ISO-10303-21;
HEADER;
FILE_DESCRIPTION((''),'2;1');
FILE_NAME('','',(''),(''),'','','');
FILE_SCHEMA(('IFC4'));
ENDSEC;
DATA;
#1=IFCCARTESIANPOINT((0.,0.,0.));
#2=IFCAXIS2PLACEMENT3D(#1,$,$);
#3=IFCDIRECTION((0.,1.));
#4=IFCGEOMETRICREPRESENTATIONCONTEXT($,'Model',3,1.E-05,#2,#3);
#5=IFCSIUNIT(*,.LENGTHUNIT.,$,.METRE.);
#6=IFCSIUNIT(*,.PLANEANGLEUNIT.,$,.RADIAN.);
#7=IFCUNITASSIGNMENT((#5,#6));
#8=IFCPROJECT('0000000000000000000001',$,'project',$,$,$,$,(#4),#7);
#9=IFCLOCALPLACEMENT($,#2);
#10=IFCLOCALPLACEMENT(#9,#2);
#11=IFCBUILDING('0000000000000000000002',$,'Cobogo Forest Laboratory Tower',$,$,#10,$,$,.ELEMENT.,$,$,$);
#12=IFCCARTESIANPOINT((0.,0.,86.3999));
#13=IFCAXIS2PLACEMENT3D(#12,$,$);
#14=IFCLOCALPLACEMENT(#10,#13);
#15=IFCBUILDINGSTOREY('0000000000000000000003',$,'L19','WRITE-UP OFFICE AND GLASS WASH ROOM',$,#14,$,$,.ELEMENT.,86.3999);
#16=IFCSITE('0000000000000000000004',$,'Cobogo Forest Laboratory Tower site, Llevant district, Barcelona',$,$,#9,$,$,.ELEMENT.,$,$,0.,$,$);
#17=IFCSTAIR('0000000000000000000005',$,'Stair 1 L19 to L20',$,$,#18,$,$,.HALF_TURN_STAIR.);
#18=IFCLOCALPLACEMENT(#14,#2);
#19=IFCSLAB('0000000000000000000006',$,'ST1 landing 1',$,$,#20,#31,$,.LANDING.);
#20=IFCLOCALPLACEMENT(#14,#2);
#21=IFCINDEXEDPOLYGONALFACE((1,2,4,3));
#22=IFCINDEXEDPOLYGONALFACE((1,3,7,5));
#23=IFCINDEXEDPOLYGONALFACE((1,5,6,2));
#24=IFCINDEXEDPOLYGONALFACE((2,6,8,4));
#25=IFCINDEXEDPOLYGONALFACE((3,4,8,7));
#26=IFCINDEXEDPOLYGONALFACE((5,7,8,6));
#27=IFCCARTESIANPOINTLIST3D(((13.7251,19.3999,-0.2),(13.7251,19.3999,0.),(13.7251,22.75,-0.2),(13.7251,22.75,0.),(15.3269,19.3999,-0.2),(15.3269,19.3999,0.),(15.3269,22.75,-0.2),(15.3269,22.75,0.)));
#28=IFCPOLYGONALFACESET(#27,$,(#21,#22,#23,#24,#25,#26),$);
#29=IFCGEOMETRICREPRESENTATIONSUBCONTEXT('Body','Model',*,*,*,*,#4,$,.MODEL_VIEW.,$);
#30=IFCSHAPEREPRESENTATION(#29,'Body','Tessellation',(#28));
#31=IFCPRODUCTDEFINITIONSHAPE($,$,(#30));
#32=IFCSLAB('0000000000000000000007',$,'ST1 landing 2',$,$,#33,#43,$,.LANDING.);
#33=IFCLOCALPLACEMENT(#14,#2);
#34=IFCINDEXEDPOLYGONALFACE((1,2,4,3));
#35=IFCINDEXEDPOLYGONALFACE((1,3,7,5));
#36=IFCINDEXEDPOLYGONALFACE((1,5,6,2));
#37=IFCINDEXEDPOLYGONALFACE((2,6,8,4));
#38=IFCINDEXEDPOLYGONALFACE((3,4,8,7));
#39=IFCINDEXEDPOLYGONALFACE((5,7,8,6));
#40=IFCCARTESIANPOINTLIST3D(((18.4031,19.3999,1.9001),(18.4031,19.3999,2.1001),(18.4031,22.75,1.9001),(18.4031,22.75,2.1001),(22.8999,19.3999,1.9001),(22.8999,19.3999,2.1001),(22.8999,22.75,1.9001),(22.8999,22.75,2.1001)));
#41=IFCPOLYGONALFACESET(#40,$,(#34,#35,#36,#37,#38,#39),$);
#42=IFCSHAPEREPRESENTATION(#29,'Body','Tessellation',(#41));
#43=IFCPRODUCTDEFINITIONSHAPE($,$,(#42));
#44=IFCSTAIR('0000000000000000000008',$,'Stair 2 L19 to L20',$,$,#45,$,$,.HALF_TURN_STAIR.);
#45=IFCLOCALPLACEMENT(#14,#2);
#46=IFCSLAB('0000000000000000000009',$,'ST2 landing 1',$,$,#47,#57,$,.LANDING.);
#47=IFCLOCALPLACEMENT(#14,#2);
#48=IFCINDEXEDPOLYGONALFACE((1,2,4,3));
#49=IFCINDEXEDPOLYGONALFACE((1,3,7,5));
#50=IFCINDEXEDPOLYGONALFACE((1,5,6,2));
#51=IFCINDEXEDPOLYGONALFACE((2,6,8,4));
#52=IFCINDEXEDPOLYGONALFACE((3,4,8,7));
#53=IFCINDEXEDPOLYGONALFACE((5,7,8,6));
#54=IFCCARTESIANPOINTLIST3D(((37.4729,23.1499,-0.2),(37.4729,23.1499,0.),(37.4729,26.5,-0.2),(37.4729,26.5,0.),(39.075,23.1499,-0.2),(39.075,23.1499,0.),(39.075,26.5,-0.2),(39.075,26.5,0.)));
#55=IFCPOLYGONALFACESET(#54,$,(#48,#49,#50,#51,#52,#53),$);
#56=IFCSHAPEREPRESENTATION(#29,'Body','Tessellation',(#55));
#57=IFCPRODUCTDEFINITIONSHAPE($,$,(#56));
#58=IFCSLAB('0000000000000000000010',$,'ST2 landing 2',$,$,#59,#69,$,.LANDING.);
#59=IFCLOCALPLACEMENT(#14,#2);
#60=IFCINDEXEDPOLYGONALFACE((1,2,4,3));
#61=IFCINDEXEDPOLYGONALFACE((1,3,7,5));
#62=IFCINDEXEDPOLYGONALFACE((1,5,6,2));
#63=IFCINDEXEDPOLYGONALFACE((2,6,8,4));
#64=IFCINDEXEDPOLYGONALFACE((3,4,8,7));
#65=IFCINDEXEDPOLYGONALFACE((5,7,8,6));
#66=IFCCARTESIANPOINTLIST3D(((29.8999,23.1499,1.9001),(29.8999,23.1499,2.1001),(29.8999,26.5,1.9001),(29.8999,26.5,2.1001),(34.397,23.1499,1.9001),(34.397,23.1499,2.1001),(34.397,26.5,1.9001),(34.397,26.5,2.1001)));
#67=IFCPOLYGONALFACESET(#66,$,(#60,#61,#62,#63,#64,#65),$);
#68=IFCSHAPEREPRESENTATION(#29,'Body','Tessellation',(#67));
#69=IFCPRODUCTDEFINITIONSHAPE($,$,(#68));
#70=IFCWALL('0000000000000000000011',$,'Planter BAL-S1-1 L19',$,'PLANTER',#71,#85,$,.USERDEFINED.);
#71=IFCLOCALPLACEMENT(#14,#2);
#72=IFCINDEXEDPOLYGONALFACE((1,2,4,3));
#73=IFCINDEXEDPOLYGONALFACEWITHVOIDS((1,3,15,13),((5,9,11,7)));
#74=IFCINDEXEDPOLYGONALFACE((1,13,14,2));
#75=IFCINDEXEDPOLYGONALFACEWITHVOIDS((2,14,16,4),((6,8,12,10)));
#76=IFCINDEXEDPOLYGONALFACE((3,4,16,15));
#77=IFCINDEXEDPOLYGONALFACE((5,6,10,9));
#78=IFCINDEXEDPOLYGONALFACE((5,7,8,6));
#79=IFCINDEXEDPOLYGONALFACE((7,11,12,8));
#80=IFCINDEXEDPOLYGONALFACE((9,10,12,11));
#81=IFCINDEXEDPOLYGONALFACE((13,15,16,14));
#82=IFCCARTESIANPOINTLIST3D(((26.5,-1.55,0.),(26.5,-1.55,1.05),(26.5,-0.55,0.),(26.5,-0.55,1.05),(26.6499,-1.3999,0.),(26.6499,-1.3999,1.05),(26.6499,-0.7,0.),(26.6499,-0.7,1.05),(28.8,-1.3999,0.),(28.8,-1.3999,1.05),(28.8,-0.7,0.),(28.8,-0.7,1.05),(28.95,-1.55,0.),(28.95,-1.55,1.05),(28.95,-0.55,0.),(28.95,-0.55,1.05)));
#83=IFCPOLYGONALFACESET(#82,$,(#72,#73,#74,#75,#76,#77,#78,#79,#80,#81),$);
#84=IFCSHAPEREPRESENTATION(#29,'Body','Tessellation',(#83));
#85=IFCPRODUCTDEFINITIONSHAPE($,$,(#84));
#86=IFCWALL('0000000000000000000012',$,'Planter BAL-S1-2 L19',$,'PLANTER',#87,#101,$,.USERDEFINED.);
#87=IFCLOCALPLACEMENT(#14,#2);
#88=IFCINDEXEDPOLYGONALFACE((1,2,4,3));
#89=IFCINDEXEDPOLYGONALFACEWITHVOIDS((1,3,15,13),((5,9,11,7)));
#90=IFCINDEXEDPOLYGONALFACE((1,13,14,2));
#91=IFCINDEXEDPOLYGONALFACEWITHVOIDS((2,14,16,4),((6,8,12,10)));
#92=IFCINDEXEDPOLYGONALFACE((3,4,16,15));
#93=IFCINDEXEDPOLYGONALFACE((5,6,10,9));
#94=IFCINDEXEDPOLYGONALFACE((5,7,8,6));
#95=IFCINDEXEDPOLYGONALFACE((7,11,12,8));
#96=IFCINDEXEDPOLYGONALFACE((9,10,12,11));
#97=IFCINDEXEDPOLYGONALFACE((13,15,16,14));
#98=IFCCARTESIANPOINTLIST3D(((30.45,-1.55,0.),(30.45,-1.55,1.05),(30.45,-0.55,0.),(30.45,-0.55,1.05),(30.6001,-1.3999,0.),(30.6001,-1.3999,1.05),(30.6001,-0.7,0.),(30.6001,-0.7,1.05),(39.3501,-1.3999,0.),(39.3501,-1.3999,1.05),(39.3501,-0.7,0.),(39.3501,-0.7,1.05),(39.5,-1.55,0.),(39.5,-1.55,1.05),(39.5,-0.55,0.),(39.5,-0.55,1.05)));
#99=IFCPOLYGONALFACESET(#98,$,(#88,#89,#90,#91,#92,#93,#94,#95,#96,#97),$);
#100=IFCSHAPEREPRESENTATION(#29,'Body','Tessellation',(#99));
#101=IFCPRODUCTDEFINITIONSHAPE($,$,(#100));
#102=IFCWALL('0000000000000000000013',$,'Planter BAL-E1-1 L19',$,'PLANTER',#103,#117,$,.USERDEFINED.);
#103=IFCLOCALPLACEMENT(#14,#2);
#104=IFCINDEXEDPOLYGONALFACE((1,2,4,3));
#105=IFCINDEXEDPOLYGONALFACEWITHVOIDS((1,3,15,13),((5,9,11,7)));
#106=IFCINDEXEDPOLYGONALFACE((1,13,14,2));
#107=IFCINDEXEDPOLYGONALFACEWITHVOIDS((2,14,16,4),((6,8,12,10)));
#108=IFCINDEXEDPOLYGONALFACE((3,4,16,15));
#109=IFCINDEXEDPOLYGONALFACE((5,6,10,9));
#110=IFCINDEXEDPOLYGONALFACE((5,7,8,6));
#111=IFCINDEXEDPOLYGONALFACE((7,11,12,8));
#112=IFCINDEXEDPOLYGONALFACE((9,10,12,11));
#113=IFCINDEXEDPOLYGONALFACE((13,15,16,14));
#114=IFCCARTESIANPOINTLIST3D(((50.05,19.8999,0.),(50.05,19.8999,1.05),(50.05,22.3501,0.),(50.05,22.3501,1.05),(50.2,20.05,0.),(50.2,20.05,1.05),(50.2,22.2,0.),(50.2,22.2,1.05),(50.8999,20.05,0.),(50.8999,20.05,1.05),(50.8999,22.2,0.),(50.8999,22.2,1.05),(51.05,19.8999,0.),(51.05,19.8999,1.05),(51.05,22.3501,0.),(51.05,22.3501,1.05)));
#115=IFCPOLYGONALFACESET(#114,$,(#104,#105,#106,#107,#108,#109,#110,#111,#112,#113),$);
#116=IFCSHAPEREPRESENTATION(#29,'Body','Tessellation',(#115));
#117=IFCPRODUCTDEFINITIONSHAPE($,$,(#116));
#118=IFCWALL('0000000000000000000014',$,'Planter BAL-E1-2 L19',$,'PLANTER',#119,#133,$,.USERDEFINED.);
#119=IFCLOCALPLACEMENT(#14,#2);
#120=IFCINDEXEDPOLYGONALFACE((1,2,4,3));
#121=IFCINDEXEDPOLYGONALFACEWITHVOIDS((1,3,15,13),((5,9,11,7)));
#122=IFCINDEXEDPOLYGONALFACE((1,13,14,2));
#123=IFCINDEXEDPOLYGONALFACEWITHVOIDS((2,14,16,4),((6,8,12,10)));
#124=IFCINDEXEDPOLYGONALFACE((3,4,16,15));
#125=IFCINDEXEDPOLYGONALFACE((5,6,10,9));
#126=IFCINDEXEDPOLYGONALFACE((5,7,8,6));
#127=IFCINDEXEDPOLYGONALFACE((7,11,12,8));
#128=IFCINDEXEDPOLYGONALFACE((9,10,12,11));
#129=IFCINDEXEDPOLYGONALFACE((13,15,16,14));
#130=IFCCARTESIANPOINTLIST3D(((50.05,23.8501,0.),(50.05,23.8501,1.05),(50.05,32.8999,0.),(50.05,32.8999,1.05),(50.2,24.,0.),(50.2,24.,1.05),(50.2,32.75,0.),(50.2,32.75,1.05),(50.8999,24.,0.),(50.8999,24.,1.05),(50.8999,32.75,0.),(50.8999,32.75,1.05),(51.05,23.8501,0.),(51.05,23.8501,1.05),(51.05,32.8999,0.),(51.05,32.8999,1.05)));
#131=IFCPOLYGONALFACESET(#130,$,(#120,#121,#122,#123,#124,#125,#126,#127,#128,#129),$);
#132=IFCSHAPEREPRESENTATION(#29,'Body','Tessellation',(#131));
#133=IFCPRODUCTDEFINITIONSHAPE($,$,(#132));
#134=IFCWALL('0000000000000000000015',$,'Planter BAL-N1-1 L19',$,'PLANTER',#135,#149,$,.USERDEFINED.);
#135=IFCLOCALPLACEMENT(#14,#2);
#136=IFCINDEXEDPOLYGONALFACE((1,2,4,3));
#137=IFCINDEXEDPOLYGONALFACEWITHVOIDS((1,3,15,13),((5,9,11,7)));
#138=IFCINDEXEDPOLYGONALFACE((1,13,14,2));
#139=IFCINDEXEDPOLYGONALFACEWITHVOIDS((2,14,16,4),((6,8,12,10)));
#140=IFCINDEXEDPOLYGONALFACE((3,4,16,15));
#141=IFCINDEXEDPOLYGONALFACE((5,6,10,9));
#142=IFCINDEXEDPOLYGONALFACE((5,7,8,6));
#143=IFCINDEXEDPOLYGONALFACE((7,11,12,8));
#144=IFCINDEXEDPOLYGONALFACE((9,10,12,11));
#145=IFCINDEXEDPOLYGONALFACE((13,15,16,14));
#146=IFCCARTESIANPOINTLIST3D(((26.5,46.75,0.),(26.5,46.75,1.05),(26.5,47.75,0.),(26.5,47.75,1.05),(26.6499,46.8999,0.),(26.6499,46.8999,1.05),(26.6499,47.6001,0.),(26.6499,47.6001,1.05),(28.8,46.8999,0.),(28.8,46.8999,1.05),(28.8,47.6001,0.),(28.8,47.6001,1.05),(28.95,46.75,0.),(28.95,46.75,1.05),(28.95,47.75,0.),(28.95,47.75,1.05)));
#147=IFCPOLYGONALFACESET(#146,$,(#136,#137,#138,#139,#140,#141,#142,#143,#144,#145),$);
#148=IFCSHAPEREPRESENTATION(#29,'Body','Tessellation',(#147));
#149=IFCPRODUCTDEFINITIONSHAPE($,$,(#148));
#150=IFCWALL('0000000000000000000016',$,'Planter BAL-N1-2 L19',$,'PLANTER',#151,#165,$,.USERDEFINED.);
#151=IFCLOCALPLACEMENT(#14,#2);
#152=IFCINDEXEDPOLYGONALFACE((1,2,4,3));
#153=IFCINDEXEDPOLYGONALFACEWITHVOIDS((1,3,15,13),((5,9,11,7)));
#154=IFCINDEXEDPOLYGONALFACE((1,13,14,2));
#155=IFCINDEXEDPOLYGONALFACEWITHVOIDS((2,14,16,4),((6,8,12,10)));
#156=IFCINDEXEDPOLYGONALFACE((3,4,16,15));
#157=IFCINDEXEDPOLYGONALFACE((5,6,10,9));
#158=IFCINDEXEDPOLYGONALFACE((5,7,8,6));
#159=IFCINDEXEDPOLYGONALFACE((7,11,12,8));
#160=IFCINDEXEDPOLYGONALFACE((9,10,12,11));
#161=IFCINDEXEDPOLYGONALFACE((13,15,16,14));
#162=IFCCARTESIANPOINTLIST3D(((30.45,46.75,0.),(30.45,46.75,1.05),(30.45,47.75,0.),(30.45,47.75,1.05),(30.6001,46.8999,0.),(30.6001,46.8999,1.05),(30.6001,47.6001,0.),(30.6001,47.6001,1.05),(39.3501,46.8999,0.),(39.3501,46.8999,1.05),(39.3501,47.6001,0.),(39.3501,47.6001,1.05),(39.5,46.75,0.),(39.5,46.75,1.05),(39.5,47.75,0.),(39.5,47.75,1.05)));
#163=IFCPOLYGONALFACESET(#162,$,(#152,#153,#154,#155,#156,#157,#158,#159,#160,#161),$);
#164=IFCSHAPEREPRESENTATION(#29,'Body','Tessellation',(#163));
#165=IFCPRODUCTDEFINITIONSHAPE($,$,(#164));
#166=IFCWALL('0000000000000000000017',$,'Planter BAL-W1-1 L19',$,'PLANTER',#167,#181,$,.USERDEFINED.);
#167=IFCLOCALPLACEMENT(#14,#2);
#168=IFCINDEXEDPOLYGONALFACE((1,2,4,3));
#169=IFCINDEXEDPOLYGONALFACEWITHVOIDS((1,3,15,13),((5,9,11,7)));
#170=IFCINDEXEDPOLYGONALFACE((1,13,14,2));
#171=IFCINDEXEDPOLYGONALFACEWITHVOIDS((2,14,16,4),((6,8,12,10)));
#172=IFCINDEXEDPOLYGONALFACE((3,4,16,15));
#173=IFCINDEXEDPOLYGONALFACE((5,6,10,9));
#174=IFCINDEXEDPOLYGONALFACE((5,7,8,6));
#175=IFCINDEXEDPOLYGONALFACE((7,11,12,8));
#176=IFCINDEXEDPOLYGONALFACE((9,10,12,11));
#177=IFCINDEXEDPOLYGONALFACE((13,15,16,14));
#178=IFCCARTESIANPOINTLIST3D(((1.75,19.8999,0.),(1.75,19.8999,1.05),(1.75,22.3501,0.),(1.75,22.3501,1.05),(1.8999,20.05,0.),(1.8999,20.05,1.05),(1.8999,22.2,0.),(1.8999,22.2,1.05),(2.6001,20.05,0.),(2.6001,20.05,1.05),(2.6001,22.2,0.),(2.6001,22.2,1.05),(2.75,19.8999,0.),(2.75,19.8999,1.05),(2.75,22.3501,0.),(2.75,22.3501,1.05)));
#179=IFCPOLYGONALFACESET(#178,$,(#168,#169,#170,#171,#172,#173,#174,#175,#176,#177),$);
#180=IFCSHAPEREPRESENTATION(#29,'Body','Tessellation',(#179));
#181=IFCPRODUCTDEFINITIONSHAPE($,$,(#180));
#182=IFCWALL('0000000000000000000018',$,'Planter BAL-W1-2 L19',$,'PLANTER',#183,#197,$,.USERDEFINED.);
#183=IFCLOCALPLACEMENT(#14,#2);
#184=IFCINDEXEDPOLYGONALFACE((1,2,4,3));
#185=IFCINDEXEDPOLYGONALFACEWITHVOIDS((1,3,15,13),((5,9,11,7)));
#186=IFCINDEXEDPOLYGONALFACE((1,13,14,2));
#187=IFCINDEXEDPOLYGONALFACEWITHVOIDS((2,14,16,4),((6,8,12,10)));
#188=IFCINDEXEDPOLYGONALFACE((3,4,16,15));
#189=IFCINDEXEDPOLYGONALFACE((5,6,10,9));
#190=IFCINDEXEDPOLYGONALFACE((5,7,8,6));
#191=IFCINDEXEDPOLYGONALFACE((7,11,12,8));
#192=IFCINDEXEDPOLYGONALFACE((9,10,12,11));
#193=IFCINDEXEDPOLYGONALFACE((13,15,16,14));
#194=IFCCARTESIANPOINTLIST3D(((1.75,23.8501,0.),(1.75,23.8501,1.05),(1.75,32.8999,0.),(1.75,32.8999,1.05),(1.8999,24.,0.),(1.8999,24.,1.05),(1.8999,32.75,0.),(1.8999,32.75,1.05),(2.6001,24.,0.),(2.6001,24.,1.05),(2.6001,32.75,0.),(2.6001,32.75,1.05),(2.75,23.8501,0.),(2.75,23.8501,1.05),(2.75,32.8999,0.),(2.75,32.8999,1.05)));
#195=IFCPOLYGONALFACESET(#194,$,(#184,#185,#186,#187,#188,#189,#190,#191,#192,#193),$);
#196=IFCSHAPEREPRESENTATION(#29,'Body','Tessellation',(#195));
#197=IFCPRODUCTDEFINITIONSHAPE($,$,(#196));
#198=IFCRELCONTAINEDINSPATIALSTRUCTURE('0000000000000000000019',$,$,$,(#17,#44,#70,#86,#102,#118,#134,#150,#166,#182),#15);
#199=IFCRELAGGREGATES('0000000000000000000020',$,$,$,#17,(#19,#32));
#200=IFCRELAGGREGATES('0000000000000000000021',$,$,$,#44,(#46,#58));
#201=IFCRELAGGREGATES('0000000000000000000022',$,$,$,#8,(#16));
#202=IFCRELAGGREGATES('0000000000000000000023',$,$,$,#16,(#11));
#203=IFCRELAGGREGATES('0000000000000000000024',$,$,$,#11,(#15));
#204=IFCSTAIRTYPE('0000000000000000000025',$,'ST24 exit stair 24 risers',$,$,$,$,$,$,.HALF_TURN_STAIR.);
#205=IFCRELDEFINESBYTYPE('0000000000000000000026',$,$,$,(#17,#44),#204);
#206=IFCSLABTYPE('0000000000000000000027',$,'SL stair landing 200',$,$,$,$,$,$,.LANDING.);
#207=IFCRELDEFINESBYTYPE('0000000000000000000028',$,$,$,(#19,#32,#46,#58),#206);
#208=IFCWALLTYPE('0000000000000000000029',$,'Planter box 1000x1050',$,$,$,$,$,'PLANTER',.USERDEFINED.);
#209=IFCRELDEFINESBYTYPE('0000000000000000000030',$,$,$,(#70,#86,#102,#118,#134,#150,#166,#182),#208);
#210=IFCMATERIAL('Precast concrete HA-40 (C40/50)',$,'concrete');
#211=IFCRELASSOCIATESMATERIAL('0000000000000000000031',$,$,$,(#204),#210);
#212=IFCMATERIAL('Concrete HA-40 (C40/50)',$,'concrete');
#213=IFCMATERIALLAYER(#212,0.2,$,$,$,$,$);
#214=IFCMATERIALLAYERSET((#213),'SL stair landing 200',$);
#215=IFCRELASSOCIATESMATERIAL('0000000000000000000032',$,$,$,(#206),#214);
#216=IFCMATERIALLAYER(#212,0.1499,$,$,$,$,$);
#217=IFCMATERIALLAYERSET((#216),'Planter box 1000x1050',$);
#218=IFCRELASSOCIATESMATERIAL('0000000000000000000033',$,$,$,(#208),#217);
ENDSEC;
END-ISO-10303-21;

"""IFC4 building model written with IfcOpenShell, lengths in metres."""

from ifc_helpers import new_model, si_unit, direction, frame, origin, place, context, subcontext, project, spatial, polyline, outline, extrude, material, layer, layer_set, type_object, element, aggregate, save


model = new_model("IFC4")

# Units and contexts
model_context = context("Model", 3, precision=1e-05, world=origin(), true_north=direction((0.0, 1.0)))
body_context = subcontext(model_context, "Body", "Model", "MODEL_VIEW")
ifc_project = project(units=[si_unit("LENGTHUNIT", "METRE"), si_unit("PLANEANGLEUNIT", "RADIAN")], contexts=[model_context])

# Site, building, storey
site_placement = place(None, origin())
site = spatial("IfcSite", under=ifc_project, at=site_placement, Name="Cobogo Forest Laboratory Tower site, Llevant district, Barcelona", CompositionType="ELEMENT", RefElevation=0.0)
building_placement = place(site_placement, origin())
building = spatial("IfcBuilding", under=site, at=building_placement, Name="Cobogo Forest Laboratory Tower", CompositionType="ELEMENT")
storey_placement = place(building_placement, frame((0.0, 0.0, 86.3999)))
storey = spatial("IfcBuildingStorey", under=building, at=storey_placement, Name="L19", Description="WRITE-UP OFFICE AND GLASS WASH ROOM", CompositionType="ELEMENT", Elevation=86.3999)

# Shared definitions
ifc_material_1 = material(Name="Concrete HA-40 (C40/50)", Category="concrete")

# Stairs, slabs
ifc_material_2 = material(Name="Precast concrete HA-40 (C40/50)", Category="concrete")
stair_type = type_object("IfcStairType", Name="ST24 exit stair 24 risers", PredefinedType="HALF_TURN_STAIR", material=ifc_material_2)
stair_1_placement = place(storey_placement, origin())
stair_1 = element("IfcStair", 1, at=stair_1_placement, inside=storey, type_object=stair_type, Name="Stair 1 L19 to L20", PredefinedType="HALF_TURN_STAIR")
ifc_layer_1 = layer(ifc_material_1, 0.2)
ifc_layer_set_1 = layer_set([ifc_layer_1], Name="SL stair landing 200")
slab_type_1 = type_object("IfcSlabType", Name="SL stair landing 200", PredefinedType="LANDING", material=ifc_layer_set_1)
slab_1_placement = place(storey_placement, frame((0.0, 0.0, -0.2)))
slab_1 = element("IfcSlab", 2, at=slab_1_placement, type_object=slab_type_1, Name="ST1 landing 1", PredefinedType="LANDING", context=body_context, shape_type="SweptSolid", body=[
    extrude(outline(polyline([(13.7251, 19.3999), (15.3269, 19.3999), (15.3269, 22.75), (13.7251, 22.75), (13.7251, 19.3999)])), origin(), (0.0, 0.0, 1.0), 0.2),
])
slab_2_placement = place(storey_placement, frame((0.0, 0.0, 1.9001)))
slab_2 = element("IfcSlab", 3, at=slab_2_placement, type_object=slab_type_1, Name="ST1 landing 2", PredefinedType="LANDING", context=body_context, shape_type="SweptSolid", body=[
    extrude(outline(polyline([(18.4031, 19.3999), (22.8999, 19.3999), (22.8999, 22.75), (18.4031, 22.75), (18.4031, 19.3999)])), origin(), (0.0, 0.0, 1.0), 0.2),
])
aggregate(stair_1, [slab_1, slab_2])
stair_2_placement = place(storey_placement, origin())
stair_2 = element("IfcStair", 4, at=stair_2_placement, inside=storey, type_object=stair_type, Name="Stair 2 L19 to L20", PredefinedType="HALF_TURN_STAIR")
slab_3_placement = place(storey_placement, frame((0.0, 0.0, -0.2)))
slab_3 = element("IfcSlab", 5, at=slab_3_placement, type_object=slab_type_1, Name="ST2 landing 1", PredefinedType="LANDING", context=body_context, shape_type="SweptSolid", body=[
    extrude(outline(polyline([(37.4729, 23.1499), (39.075, 23.1499), (39.075, 26.5), (37.4729, 26.5), (37.4729, 23.1499)])), origin(), (0.0, 0.0, 1.0), 0.2),
])
slab_4_placement = place(storey_placement, frame((0.0, 0.0, 1.9001)))
slab_4 = element("IfcSlab", 6, at=slab_4_placement, type_object=slab_type_1, Name="ST2 landing 2", PredefinedType="LANDING", context=body_context, shape_type="SweptSolid", body=[
    extrude(outline(polyline([(29.8999, 23.1499), (34.397, 23.1499), (34.397, 26.5), (29.8999, 26.5), (29.8999, 23.1499)])), origin(), (0.0, 0.0, 1.0), 0.2),
])
aggregate(stair_2, [slab_3, slab_4])

# Walls
ifc_layer_2 = layer(ifc_material_1, 0.1499)
ifc_layer_set_2 = layer_set([ifc_layer_2], Name="Planter box 1000x1050")
wall_type = type_object("IfcWallType", Name="Planter box 1000x1050", ElementType="PLANTER", PredefinedType="USERDEFINED", material=ifc_layer_set_2)
wall_1_placement = place(storey_placement, origin())
element("IfcWall", 7, at=wall_1_placement, inside=storey, type_object=wall_type, Name="Planter BAL-S1-1 L19", ObjectType="PLANTER", PredefinedType="USERDEFINED", context=body_context, shape_type="SweptSolid", body=[
    extrude(outline(polyline([(26.5, -1.55), (28.95, -1.55), (28.95, -0.55), (26.5, -0.55), (26.5, -1.55)]), holes=[polyline([(26.6499, -1.3999), (28.8, -1.3999), (28.8, -0.7), (26.6499, -0.7), (26.6499, -1.3999)])]), origin(), (0.0, 0.0, 1.0), 1.05),
])
wall_2_placement = place(storey_placement, origin())
element("IfcWall", 8, at=wall_2_placement, inside=storey, type_object=wall_type, Name="Planter BAL-S1-2 L19", ObjectType="PLANTER", PredefinedType="USERDEFINED", context=body_context, shape_type="SweptSolid", body=[
    extrude(outline(polyline([(30.45, -1.55), (39.5, -1.55), (39.5, -0.55), (30.45, -0.55), (30.45, -1.55)]), holes=[polyline([(30.6001, -1.3999), (39.3501, -1.3999), (39.3501, -0.7), (30.6001, -0.7), (30.6001, -1.3999)])]), origin(), (0.0, 0.0, 1.0), 1.05),
])
wall_3_placement = place(storey_placement, origin())
element("IfcWall", 9, at=wall_3_placement, inside=storey, type_object=wall_type, Name="Planter BAL-E1-1 L19", ObjectType="PLANTER", PredefinedType="USERDEFINED", context=body_context, shape_type="SweptSolid", body=[
    extrude(outline(polyline([(50.05, 19.8999), (51.05, 19.8999), (51.05, 22.3501), (50.05, 22.3501), (50.05, 19.8999)]), holes=[polyline([(50.2, 20.05), (50.8999, 20.05), (50.8999, 22.2), (50.2, 22.2), (50.2, 20.05)])]), origin(), (0.0, 0.0, 1.0), 1.05),
])
wall_4_placement = place(storey_placement, origin())
element("IfcWall", 10, at=wall_4_placement, inside=storey, type_object=wall_type, Name="Planter BAL-E1-2 L19", ObjectType="PLANTER", PredefinedType="USERDEFINED", context=body_context, shape_type="SweptSolid", body=[
    extrude(outline(polyline([(50.05, 23.8501), (51.05, 23.8501), (51.05, 32.8999), (50.05, 32.8999), (50.05, 23.8501)]), holes=[polyline([(50.2, 24.0), (50.8999, 24.0), (50.8999, 32.75), (50.2, 32.75), (50.2, 24.0)])]), origin(), (0.0, 0.0, 1.0), 1.05),
])
wall_5_placement = place(storey_placement, origin())
element("IfcWall", 11, at=wall_5_placement, inside=storey, type_object=wall_type, Name="Planter BAL-N1-1 L19", ObjectType="PLANTER", PredefinedType="USERDEFINED", context=body_context, shape_type="SweptSolid", body=[
    extrude(outline(polyline([(26.5, 46.75), (28.95, 46.75), (28.95, 47.75), (26.5, 47.75), (26.5, 46.75)]), holes=[polyline([(26.6499, 46.8999), (28.8, 46.8999), (28.8, 47.6001), (26.6499, 47.6001), (26.6499, 46.8999)])]), origin(), (0.0, 0.0, 1.0), 1.05),
])
wall_6_placement = place(storey_placement, origin())
element("IfcWall", 12, at=wall_6_placement, inside=storey, type_object=wall_type, Name="Planter BAL-N1-2 L19", ObjectType="PLANTER", PredefinedType="USERDEFINED", context=body_context, shape_type="SweptSolid", body=[
    extrude(outline(polyline([(30.45, 46.75), (39.5, 46.75), (39.5, 47.75), (30.45, 47.75), (30.45, 46.75)]), holes=[polyline([(30.6001, 46.8999), (39.3501, 46.8999), (39.3501, 47.6001), (30.6001, 47.6001), (30.6001, 46.8999)])]), origin(), (0.0, 0.0, 1.0), 1.05),
])
wall_7_placement = place(storey_placement, origin())
element("IfcWall", 13, at=wall_7_placement, inside=storey, type_object=wall_type, Name="Planter BAL-W1-1 L19", ObjectType="PLANTER", PredefinedType="USERDEFINED", context=body_context, shape_type="SweptSolid", body=[
    extrude(outline(polyline([(1.75, 19.8999), (2.75, 19.8999), (2.75, 22.3501), (1.75, 22.3501), (1.75, 19.8999)]), holes=[polyline([(1.8999, 20.05), (2.6001, 20.05), (2.6001, 22.2), (1.8999, 22.2), (1.8999, 20.05)])]), origin(), (0.0, 0.0, 1.0), 1.05),
])
wall_8_placement = place(storey_placement, origin())
element("IfcWall", 14, at=wall_8_placement, inside=storey, type_object=wall_type, Name="Planter BAL-W1-2 L19", ObjectType="PLANTER", PredefinedType="USERDEFINED", context=body_context, shape_type="SweptSolid", body=[
    extrude(outline(polyline([(1.75, 23.8501), (2.75, 23.8501), (2.75, 32.8999), (1.75, 32.8999), (1.75, 23.8501)]), holes=[polyline([(1.8999, 24.0), (2.6001, 24.0), (2.6001, 32.75), (1.8999, 32.75), (1.8999, 24.0)])]), origin(), (0.0, 0.0, 1.0), 1.05),
])

save(model, "model.ifc")
